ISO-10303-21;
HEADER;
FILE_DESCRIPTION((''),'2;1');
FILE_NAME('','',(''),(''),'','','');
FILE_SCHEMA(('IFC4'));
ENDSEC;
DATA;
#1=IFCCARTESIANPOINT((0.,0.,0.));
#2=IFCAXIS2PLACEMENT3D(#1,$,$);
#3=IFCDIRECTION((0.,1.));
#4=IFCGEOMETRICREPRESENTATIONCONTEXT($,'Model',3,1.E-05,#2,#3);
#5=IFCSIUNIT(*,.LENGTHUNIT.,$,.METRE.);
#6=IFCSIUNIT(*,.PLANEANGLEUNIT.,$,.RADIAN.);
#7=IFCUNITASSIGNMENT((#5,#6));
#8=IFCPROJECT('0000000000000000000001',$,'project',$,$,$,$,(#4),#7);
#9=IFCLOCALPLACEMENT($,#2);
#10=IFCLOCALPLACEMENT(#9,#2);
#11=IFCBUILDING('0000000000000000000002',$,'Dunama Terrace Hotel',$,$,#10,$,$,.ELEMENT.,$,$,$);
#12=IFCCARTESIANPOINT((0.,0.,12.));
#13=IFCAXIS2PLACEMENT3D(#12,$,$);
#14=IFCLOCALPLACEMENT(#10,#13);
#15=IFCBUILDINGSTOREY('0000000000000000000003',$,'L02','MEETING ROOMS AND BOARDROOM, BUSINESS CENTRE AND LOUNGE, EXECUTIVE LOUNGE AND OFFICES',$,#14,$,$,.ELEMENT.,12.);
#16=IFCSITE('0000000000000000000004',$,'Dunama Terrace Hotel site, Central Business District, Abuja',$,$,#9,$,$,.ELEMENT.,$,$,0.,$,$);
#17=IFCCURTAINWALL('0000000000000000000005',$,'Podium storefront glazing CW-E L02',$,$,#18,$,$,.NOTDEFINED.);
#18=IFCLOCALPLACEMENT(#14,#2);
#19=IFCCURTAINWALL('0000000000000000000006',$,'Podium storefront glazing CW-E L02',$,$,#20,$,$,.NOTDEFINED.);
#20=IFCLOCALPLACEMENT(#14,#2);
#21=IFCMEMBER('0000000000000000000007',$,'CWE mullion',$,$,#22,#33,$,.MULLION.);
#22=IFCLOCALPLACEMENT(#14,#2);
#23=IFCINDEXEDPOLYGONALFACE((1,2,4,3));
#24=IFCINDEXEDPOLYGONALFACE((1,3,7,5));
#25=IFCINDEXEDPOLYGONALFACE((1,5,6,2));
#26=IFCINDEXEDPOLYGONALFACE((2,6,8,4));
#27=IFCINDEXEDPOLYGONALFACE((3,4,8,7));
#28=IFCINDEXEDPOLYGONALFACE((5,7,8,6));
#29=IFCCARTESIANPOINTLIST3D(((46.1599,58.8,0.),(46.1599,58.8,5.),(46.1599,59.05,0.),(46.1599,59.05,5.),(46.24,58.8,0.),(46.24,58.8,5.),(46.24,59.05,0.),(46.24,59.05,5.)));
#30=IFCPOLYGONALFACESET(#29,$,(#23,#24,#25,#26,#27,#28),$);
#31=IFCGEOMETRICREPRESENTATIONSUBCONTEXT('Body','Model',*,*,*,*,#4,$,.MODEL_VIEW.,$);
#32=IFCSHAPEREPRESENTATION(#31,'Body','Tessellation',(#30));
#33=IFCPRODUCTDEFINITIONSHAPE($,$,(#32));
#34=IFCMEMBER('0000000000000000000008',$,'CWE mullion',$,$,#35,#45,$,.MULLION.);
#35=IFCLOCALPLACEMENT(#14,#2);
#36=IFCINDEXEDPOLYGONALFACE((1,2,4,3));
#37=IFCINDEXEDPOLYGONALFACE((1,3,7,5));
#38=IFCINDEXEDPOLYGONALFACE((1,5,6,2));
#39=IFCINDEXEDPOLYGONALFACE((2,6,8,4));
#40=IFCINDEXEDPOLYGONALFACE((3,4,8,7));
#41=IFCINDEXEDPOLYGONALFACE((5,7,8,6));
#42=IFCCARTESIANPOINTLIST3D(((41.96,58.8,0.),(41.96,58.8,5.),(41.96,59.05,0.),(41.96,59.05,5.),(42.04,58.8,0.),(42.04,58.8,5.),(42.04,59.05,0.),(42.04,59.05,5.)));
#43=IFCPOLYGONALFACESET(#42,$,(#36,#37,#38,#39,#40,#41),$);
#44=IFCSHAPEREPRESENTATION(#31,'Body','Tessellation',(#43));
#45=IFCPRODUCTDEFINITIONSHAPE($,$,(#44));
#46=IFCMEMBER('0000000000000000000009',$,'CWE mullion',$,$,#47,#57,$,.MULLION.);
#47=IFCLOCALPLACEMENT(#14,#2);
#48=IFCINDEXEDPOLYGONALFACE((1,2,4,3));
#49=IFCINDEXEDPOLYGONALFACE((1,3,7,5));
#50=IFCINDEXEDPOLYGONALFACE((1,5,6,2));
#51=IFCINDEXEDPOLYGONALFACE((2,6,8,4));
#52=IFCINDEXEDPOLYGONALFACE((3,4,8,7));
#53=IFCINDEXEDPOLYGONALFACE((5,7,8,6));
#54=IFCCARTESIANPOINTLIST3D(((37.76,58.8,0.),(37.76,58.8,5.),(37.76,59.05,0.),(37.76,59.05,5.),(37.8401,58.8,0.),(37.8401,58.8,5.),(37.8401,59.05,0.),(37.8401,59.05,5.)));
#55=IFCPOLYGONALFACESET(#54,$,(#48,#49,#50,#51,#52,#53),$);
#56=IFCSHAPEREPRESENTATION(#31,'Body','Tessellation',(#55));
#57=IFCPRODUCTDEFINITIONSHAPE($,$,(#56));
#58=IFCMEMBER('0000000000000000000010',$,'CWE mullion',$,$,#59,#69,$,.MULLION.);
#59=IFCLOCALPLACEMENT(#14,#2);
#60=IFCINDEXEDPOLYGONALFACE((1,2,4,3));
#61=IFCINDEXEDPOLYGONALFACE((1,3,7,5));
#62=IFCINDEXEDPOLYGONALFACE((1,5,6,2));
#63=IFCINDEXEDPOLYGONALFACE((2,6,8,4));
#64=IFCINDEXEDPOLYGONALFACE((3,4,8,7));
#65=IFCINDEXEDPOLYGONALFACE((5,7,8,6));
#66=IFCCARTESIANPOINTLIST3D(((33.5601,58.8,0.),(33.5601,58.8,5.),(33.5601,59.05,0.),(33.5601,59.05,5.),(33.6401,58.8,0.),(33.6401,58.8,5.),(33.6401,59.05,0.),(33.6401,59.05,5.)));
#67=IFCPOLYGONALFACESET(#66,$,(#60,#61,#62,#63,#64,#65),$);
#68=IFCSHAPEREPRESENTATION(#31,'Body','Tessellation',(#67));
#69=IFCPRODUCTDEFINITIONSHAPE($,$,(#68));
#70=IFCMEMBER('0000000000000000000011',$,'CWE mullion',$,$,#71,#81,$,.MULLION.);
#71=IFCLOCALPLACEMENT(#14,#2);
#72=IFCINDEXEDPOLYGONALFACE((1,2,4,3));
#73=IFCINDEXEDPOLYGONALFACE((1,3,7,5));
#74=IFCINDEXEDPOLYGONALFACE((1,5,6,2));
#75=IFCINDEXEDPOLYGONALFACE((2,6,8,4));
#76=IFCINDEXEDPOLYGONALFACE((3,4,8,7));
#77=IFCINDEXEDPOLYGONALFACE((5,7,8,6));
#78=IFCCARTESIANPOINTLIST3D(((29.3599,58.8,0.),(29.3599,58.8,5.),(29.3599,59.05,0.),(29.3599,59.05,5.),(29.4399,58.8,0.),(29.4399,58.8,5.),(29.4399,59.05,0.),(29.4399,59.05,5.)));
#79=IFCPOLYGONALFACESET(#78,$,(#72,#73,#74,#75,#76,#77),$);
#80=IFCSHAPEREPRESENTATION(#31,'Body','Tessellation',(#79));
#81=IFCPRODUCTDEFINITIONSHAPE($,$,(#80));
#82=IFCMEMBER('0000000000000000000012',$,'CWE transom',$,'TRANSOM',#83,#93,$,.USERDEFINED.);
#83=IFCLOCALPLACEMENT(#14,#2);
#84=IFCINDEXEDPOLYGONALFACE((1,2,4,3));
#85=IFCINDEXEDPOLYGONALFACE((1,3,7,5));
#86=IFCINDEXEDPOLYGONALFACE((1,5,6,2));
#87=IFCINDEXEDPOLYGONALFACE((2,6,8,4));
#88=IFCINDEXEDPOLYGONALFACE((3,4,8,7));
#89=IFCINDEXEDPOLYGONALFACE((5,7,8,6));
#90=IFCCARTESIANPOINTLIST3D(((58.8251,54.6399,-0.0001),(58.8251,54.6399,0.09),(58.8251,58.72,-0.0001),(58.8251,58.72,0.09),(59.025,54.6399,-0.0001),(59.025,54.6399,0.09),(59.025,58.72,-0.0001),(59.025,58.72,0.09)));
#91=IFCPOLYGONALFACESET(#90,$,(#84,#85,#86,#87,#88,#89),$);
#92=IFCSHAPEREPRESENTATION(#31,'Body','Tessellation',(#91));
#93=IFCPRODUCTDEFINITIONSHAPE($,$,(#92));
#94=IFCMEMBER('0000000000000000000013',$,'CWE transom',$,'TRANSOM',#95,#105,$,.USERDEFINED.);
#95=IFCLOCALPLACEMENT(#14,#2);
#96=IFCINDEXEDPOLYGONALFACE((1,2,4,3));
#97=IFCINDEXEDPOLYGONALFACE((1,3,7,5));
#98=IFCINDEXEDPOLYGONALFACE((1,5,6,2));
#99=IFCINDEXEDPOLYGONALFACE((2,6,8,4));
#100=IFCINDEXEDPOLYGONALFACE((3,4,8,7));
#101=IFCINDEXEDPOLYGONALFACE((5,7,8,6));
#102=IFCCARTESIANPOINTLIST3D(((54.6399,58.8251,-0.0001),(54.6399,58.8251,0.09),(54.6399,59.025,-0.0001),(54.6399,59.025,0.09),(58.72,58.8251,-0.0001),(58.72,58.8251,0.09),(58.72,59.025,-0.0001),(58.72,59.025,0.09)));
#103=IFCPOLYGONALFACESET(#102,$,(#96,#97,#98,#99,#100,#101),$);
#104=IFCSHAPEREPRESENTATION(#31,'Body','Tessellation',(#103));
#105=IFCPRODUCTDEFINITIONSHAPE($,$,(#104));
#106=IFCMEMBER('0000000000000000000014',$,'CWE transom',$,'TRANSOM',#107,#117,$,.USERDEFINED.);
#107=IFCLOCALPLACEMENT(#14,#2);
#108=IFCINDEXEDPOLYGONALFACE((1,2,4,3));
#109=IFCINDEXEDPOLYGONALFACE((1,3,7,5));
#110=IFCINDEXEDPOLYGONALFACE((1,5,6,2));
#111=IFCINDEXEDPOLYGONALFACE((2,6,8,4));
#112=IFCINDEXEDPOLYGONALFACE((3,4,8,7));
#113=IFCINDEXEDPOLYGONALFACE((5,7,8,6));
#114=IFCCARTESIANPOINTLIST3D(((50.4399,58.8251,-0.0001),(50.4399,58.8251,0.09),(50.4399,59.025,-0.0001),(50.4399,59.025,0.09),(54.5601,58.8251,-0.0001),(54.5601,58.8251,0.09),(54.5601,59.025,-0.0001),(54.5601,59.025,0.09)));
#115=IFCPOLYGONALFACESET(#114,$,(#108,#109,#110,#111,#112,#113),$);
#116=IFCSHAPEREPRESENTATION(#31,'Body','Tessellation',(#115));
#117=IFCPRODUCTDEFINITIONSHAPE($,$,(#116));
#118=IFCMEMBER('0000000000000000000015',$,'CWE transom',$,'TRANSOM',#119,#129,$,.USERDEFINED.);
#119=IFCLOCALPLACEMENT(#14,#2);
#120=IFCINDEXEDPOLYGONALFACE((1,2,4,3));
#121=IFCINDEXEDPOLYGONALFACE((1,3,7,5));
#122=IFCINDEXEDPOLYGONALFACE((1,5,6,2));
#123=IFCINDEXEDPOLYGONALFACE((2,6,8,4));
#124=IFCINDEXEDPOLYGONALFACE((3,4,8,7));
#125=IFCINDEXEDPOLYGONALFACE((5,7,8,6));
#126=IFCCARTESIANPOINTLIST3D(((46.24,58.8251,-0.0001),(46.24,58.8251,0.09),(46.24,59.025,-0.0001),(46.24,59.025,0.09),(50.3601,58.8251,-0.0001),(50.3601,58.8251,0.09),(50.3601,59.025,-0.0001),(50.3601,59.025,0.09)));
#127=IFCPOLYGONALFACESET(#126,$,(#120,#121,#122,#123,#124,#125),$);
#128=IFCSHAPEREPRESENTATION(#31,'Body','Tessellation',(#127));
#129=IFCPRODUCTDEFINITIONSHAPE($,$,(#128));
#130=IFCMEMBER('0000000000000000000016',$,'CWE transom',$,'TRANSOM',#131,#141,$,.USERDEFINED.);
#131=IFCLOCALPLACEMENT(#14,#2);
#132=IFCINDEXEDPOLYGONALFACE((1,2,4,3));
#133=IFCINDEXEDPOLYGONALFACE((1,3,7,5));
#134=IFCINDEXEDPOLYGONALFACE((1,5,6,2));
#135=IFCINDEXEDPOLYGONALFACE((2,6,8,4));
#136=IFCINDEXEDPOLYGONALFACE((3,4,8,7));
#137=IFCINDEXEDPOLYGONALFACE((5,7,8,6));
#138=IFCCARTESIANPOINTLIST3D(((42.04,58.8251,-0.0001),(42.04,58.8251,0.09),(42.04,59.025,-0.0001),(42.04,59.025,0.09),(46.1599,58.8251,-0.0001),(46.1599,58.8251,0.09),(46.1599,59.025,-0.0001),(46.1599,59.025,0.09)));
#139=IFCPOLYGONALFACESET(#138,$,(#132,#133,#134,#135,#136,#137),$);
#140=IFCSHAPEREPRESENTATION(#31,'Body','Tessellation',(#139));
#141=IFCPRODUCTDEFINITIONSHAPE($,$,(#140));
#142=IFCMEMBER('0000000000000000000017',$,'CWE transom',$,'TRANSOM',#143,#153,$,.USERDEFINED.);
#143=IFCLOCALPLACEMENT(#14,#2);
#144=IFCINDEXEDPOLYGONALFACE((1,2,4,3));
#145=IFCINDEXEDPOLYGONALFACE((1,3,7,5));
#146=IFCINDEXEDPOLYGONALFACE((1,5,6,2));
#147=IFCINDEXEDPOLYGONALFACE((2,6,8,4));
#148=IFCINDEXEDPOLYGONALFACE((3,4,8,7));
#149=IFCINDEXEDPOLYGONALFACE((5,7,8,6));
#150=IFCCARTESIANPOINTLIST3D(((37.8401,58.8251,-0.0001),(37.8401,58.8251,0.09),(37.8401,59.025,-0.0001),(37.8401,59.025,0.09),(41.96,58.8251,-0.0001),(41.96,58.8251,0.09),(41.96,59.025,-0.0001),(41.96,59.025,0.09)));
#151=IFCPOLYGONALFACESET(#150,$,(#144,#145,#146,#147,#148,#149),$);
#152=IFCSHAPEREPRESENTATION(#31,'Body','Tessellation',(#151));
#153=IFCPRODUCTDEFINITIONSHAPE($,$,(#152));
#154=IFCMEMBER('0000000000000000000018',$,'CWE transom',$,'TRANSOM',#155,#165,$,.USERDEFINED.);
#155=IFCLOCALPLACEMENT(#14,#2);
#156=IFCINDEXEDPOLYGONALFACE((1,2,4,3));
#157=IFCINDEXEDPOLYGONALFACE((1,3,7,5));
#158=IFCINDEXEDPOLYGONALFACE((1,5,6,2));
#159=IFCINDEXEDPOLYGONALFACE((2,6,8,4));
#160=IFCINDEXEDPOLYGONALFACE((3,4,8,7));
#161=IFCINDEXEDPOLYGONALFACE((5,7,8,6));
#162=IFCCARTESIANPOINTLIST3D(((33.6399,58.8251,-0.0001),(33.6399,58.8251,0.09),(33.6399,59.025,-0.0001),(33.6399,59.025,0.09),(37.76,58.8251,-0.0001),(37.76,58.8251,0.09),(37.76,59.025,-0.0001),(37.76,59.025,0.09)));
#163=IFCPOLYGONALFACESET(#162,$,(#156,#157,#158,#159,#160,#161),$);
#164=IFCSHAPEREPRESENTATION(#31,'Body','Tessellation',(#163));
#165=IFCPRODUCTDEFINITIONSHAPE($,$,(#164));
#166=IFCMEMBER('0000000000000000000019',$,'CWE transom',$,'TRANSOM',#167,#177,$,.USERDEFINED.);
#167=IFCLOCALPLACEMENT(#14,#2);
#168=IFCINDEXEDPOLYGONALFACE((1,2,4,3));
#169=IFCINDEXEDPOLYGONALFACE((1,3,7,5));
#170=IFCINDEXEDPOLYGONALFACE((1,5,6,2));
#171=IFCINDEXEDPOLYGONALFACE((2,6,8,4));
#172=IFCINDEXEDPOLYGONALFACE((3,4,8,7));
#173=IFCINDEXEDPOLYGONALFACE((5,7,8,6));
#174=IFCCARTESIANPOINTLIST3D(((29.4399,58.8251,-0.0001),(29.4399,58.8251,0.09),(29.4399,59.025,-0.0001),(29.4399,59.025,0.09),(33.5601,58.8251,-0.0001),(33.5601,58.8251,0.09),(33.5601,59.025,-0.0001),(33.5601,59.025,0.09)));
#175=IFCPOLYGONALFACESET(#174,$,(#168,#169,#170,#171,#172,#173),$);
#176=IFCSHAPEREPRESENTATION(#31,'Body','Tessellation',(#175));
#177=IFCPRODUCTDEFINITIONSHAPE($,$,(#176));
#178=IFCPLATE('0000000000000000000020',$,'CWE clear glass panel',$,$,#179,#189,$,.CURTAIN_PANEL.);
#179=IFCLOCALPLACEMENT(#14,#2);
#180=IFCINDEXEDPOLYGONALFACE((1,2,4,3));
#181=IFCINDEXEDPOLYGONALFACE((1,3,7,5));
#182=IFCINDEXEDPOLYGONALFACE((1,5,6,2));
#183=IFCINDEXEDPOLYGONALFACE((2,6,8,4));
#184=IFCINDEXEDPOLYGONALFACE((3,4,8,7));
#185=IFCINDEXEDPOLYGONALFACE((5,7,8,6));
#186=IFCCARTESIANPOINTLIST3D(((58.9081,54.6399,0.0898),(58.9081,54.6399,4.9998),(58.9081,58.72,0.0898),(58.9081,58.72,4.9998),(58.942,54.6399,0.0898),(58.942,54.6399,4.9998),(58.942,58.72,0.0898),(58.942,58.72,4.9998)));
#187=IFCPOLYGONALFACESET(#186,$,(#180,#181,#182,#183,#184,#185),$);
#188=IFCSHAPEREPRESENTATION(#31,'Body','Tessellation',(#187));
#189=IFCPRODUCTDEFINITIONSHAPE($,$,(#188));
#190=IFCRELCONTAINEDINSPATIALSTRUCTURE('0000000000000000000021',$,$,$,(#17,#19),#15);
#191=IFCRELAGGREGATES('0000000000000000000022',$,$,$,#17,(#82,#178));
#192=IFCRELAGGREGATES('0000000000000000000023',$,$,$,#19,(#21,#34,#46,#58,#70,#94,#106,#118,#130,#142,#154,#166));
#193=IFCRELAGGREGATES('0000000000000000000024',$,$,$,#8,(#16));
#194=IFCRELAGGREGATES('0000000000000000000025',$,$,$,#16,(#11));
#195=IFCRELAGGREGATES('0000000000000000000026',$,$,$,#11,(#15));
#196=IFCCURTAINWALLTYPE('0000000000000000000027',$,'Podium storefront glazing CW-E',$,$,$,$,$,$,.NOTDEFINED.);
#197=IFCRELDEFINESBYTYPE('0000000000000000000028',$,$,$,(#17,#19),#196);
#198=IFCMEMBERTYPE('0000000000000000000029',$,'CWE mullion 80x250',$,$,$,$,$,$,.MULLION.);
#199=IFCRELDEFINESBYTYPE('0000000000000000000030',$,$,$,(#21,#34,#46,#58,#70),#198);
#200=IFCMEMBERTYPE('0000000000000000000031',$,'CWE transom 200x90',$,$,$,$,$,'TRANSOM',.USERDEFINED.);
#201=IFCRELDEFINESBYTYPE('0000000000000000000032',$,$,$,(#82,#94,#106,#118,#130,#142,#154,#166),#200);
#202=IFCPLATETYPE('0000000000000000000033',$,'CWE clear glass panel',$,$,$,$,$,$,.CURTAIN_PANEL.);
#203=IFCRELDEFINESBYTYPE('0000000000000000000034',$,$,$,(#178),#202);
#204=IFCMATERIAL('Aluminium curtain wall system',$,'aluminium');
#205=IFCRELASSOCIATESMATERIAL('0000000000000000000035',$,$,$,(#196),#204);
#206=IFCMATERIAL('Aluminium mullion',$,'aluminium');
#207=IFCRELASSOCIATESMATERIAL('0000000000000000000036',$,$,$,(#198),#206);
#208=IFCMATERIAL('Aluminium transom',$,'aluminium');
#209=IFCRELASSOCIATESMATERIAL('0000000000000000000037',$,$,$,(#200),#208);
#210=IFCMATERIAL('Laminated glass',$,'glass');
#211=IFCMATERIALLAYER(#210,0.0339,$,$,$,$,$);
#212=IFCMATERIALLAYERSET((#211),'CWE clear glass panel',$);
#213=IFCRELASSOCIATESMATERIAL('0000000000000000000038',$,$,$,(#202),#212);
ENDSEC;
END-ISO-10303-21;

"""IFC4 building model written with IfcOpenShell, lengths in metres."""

from ifc_helpers import new_model, si_unit, direction, frame, origin, origin_2d, place, context, subcontext, project, spatial, rectangle, extrude, material, layer, layer_set, material_profile, profile_set, type_object, element, aggregate, save


model = new_model("IFC4")

# Units and contexts
model_context = context("Model", 3, precision=1e-05, world=origin(), true_north=direction((0.0, 1.0)))
body_context = subcontext(model_context, "Body", "Model", "MODEL_VIEW")
ifc_project = project(units=[si_unit("LENGTHUNIT", "METRE"), si_unit("PLANEANGLEUNIT", "RADIAN")], contexts=[model_context])

# Site, building, storey
site_placement = place(None, origin())
site = spatial("IfcSite", under=ifc_project, at=site_placement, Name="Dunama Terrace Hotel site, Central Business District, Abuja", CompositionType="ELEMENT", RefElevation=0.0)
building_placement = place(site_placement, origin())
building = spatial("IfcBuilding", under=site, at=building_placement, Name="Dunama Terrace Hotel", CompositionType="ELEMENT")
storey_placement = place(building_placement, frame((0.0, 0.0, 12.0)))
storey = spatial("IfcBuildingStorey", under=building, at=storey_placement, Name="L02", Description="MEETING ROOMS AND BOARDROOM, BUSINESS CENTRE AND LOUNGE, EXECUTIVE LOUNGE AND OFFICES", CompositionType="ELEMENT", Elevation=12.0)

# Curtain walls, members
ifc_material_1 = material(Name="Aluminium curtain wall system", Category="aluminium")
curtain_wall_type = type_object("IfcCurtainWallType", Name="Podium storefront glazing CW-E", PredefinedType="NOTDEFINED", material=ifc_material_1)
curtain_wall_1_placement = place(storey_placement, origin())
curtain_wall_1 = element("IfcCurtainWall", 1, at=curtain_wall_1_placement, inside=storey, type_object=curtain_wall_type, Name="Podium storefront glazing CW-E L02", PredefinedType="NOTDEFINED")
ifc_material_2 = material(Name="Aluminium mullion", Category="aluminium")
ifc_material_profile_1 = material_profile(ifc_material_2, rectangle(XDim=0.0801, YDim=0.25, at=origin_2d()), Name="CWE MULLION 80X250")
ifc_profile_set_1 = profile_set([ifc_material_profile_1], Name="Aluminium mullion")
member_type_1 = type_object("IfcMemberType", Name="CWE mullion 80x250", PredefinedType="MULLION", material=ifc_profile_set_1)
curtain_wall_2_placement = place(storey_placement, origin())
curtain_wall_2 = element("IfcCurtainWall", 2, at=curtain_wall_2_placement, inside=storey, type_object=curtain_wall_type, Name="Podium storefront glazing CW-E L02", PredefinedType="NOTDEFINED")
member_1_placement = place(storey_placement, frame((46.2, 58.925, 0.0), z_axis=(0.0, 0.0, 1.0), x_axis=(-1.0, 0.0, 0.0)))
member_1 = element("IfcMember", 3, at=member_1_placement, type_object=member_type_1, Name="CWE mullion", PredefinedType="MULLION", context=body_context, shape_type="SweptSolid", body=[
    extrude(rectangle(XDim=0.0801, YDim=0.25, at=origin_2d()), origin(), (0.0, 0.0, 1.0), 5.0),
])
member_2_placement = place(storey_placement, frame((42.0, 58.925, 0.0), z_axis=(0.0, 0.0, 1.0), x_axis=(-1.0, 0.0, 0.0)))
member_2 = element("IfcMember", 4, at=member_2_placement, type_object=member_type_1, Name="CWE mullion", PredefinedType="MULLION", context=body_context, shape_type="SweptSolid", body=[
    extrude(rectangle(XDim=0.0801, YDim=0.25, at=origin_2d()), origin(), (0.0, 0.0, 1.0), 5.0),
])
member_3_placement = place(storey_placement, frame((37.8, 58.925, 0.0), z_axis=(0.0, 0.0, 1.0), x_axis=(-1.0, 0.0, 0.0)))
member_3 = element("IfcMember", 5, at=member_3_placement, type_object=member_type_1, Name="CWE mullion", PredefinedType="MULLION", context=body_context, shape_type="SweptSolid", body=[
    extrude(rectangle(XDim=0.0801, YDim=0.25, at=origin_2d()), origin(), (0.0, 0.0, 1.0), 5.0),
])
member_4_placement = place(storey_placement, frame((33.6001, 58.925, 0.0), z_axis=(0.0, 0.0, 1.0), x_axis=(-1.0, 0.0, 0.0)))
member_4 = element("IfcMember", 6, at=member_4_placement, type_object=member_type_1, Name="CWE mullion", PredefinedType="MULLION", context=body_context, shape_type="SweptSolid", body=[
    extrude(rectangle(XDim=0.0801, YDim=0.25, at=origin_2d()), origin(), (0.0, 0.0, 1.0), 5.0),
])
member_5_placement = place(storey_placement, frame((29.3999, 58.925, 0.0), z_axis=(0.0, 0.0, 1.0), x_axis=(-1.0, 0.0, 0.0)))
member_5 = element("IfcMember", 7, at=member_5_placement, type_object=member_type_1, Name="CWE mullion", PredefinedType="MULLION", context=body_context, shape_type="SweptSolid", body=[
    extrude(rectangle(XDim=0.0801, YDim=0.25, at=origin_2d()), origin(), (0.0, 0.0, 1.0), 5.0),
])

# Members
ifc_material_3 = material(Name="Aluminium transom", Category="aluminium")
ifc_material_profile_2 = material_profile(ifc_material_3, rectangle(XDim=0.2, YDim=0.0901, at=origin_2d()), Name="CWE TRANSOM 200X90")
ifc_profile_set_2 = profile_set([ifc_material_profile_2], Name="Aluminium transom")
member_type_2 = type_object("IfcMemberType", Name="CWE transom 200x90", ElementType="TRANSOM", PredefinedType="USERDEFINED", material=ifc_profile_set_2)
member_6_placement = place(storey_placement, frame((58.925, 54.6399, 0.0449), z_axis=(0.0, 1.0, 0.0), x_axis=(-1.0, 0.0, 0.0)))
member_6 = element("IfcMember", 8, at=member_6_placement, type_object=member_type_2, Name="CWE transom", ObjectType="TRANSOM", PredefinedType="USERDEFINED", context=body_context, shape_type="SweptSolid", body=[
    extrude(rectangle(XDim=0.2, YDim=0.0901, at=origin_2d()), origin(), (0.0, 0.0, 1.0), 4.0801),
])
member_7_placement = place(storey_placement, frame((58.72, 58.925, 0.0449), z_axis=(-1.0, 0.0, 0.0), x_axis=(0.0, -1.0, 0.0)))
member_7 = element("IfcMember", 9, at=member_7_placement, type_object=member_type_2, Name="CWE transom", ObjectType="TRANSOM", PredefinedType="USERDEFINED", context=body_context, shape_type="SweptSolid", body=[
    extrude(rectangle(XDim=0.2, YDim=0.0901, at=origin_2d()), origin(), (0.0, 0.0, 1.0), 4.0801),
])
member_8_placement = place(storey_placement, frame((54.5601, 58.925, 0.0449), z_axis=(-1.0, 0.0, 0.0), x_axis=(0.0, -1.0, 0.0)))
member_8 = element("IfcMember", 10, at=member_8_placement, type_object=member_type_2, Name="CWE transom", ObjectType="TRANSOM", PredefinedType="USERDEFINED", context=body_context, shape_type="SweptSolid", body=[
    extrude(rectangle(XDim=0.2, YDim=0.0901, at=origin_2d()), origin(), (0.0, 0.0, 1.0), 4.1201),
])
member_9_placement = place(storey_placement, frame((50.3601, 58.925, 0.0449), z_axis=(-1.0, 0.0, 0.0), x_axis=(0.0, -1.0, 0.0)))
member_9 = element("IfcMember", 11, at=member_9_placement, type_object=member_type_2, Name="CWE transom", ObjectType="TRANSOM", PredefinedType="USERDEFINED", context=body_context, shape_type="SweptSolid", body=[
    extrude(rectangle(XDim=0.2, YDim=0.0901, at=origin_2d()), origin(), (0.0, 0.0, 1.0), 4.1201),
])
member_10_placement = place(storey_placement, frame((46.1599, 58.925, 0.0449), z_axis=(-1.0, 0.0, 0.0), x_axis=(0.0, -1.0, 0.0)))
member_10 = element("IfcMember", 12, at=member_10_placement, type_object=member_type_2, Name="CWE transom", ObjectType="TRANSOM", PredefinedType="USERDEFINED", context=body_context, shape_type="SweptSolid", body=[
    extrude(rectangle(XDim=0.2, YDim=0.0901, at=origin_2d()), origin(), (0.0, 0.0, 1.0), 4.1199),
])
member_11_placement = place(storey_placement, frame((41.96, 58.925, 0.0449), z_axis=(-1.0, 0.0, 0.0), x_axis=(0.0, -1.0, 0.0)))
member_11 = element("IfcMember", 13, at=member_11_placement, type_object=member_type_2, Name="CWE transom", ObjectType="TRANSOM", PredefinedType="USERDEFINED", context=body_context, shape_type="SweptSolid", body=[
    extrude(rectangle(XDim=0.2, YDim=0.0901, at=origin_2d()), origin(), (0.0, 0.0, 1.0), 4.1199),
])
member_12_placement = place(storey_placement, frame((37.76, 58.925, 0.0449), z_axis=(-1.0, 0.0, 0.0), x_axis=(0.0, -1.0, 0.0)))
member_12 = element("IfcMember", 14, at=member_12_placement, type_object=member_type_2, Name="CWE transom", ObjectType="TRANSOM", PredefinedType="USERDEFINED", context=body_context, shape_type="SweptSolid", body=[
    extrude(rectangle(XDim=0.2, YDim=0.0901, at=origin_2d()), origin(), (0.0, 0.0, 1.0), 4.1201),
])
member_13_placement = place(storey_placement, frame((33.5601, 58.925, 0.0449), z_axis=(-1.0, 0.0, 0.0), x_axis=(0.0, -1.0, 0.0)))
member_13 = element("IfcMember", 15, at=member_13_placement, type_object=member_type_2, Name="CWE transom", ObjectType="TRANSOM", PredefinedType="USERDEFINED", context=body_context, shape_type="SweptSolid", body=[
    extrude(rectangle(XDim=0.2, YDim=0.0901, at=origin_2d()), origin(), (0.0, 0.0, 1.0), 4.1201),
])

# Plate
ifc_material_4 = material(Name="Laminated glass", Category="glass")
ifc_layer_1 = layer(ifc_material_4, 0.0339)
ifc_layer_set_1 = layer_set([ifc_layer_1], Name="CWE clear glass panel")
plate_type_1 = type_object("IfcPlateType", Name="CWE clear glass panel", PredefinedType="CURTAIN_PANEL", material=ifc_layer_set_1)
plate_1_placement = place(storey_placement, frame((58.925, 56.6799, 0.0898), z_axis=(0.0, 0.0, 1.0), x_axis=(0.0, 1.0, 0.0)))
plate_1 = element("IfcPlate", 16, at=plate_1_placement, type_object=plate_type_1, Name="CWE clear glass panel", PredefinedType="CURTAIN_PANEL", context=body_context, shape_type="SweptSolid", body=[
    extrude(rectangle(XDim=4.0801, YDim=0.0339, at=origin_2d()), origin(), (0.0, 0.0, 1.0), 4.9099),
])
aggregate(curtain_wall_1, [member_6, plate_1])
aggregate(curtain_wall_2, [member_1, member_2, member_3, member_4, member_5, member_7, member_8, member_9, member_10, member_11, member_12, member_13])

save(model, "model.ifc")
